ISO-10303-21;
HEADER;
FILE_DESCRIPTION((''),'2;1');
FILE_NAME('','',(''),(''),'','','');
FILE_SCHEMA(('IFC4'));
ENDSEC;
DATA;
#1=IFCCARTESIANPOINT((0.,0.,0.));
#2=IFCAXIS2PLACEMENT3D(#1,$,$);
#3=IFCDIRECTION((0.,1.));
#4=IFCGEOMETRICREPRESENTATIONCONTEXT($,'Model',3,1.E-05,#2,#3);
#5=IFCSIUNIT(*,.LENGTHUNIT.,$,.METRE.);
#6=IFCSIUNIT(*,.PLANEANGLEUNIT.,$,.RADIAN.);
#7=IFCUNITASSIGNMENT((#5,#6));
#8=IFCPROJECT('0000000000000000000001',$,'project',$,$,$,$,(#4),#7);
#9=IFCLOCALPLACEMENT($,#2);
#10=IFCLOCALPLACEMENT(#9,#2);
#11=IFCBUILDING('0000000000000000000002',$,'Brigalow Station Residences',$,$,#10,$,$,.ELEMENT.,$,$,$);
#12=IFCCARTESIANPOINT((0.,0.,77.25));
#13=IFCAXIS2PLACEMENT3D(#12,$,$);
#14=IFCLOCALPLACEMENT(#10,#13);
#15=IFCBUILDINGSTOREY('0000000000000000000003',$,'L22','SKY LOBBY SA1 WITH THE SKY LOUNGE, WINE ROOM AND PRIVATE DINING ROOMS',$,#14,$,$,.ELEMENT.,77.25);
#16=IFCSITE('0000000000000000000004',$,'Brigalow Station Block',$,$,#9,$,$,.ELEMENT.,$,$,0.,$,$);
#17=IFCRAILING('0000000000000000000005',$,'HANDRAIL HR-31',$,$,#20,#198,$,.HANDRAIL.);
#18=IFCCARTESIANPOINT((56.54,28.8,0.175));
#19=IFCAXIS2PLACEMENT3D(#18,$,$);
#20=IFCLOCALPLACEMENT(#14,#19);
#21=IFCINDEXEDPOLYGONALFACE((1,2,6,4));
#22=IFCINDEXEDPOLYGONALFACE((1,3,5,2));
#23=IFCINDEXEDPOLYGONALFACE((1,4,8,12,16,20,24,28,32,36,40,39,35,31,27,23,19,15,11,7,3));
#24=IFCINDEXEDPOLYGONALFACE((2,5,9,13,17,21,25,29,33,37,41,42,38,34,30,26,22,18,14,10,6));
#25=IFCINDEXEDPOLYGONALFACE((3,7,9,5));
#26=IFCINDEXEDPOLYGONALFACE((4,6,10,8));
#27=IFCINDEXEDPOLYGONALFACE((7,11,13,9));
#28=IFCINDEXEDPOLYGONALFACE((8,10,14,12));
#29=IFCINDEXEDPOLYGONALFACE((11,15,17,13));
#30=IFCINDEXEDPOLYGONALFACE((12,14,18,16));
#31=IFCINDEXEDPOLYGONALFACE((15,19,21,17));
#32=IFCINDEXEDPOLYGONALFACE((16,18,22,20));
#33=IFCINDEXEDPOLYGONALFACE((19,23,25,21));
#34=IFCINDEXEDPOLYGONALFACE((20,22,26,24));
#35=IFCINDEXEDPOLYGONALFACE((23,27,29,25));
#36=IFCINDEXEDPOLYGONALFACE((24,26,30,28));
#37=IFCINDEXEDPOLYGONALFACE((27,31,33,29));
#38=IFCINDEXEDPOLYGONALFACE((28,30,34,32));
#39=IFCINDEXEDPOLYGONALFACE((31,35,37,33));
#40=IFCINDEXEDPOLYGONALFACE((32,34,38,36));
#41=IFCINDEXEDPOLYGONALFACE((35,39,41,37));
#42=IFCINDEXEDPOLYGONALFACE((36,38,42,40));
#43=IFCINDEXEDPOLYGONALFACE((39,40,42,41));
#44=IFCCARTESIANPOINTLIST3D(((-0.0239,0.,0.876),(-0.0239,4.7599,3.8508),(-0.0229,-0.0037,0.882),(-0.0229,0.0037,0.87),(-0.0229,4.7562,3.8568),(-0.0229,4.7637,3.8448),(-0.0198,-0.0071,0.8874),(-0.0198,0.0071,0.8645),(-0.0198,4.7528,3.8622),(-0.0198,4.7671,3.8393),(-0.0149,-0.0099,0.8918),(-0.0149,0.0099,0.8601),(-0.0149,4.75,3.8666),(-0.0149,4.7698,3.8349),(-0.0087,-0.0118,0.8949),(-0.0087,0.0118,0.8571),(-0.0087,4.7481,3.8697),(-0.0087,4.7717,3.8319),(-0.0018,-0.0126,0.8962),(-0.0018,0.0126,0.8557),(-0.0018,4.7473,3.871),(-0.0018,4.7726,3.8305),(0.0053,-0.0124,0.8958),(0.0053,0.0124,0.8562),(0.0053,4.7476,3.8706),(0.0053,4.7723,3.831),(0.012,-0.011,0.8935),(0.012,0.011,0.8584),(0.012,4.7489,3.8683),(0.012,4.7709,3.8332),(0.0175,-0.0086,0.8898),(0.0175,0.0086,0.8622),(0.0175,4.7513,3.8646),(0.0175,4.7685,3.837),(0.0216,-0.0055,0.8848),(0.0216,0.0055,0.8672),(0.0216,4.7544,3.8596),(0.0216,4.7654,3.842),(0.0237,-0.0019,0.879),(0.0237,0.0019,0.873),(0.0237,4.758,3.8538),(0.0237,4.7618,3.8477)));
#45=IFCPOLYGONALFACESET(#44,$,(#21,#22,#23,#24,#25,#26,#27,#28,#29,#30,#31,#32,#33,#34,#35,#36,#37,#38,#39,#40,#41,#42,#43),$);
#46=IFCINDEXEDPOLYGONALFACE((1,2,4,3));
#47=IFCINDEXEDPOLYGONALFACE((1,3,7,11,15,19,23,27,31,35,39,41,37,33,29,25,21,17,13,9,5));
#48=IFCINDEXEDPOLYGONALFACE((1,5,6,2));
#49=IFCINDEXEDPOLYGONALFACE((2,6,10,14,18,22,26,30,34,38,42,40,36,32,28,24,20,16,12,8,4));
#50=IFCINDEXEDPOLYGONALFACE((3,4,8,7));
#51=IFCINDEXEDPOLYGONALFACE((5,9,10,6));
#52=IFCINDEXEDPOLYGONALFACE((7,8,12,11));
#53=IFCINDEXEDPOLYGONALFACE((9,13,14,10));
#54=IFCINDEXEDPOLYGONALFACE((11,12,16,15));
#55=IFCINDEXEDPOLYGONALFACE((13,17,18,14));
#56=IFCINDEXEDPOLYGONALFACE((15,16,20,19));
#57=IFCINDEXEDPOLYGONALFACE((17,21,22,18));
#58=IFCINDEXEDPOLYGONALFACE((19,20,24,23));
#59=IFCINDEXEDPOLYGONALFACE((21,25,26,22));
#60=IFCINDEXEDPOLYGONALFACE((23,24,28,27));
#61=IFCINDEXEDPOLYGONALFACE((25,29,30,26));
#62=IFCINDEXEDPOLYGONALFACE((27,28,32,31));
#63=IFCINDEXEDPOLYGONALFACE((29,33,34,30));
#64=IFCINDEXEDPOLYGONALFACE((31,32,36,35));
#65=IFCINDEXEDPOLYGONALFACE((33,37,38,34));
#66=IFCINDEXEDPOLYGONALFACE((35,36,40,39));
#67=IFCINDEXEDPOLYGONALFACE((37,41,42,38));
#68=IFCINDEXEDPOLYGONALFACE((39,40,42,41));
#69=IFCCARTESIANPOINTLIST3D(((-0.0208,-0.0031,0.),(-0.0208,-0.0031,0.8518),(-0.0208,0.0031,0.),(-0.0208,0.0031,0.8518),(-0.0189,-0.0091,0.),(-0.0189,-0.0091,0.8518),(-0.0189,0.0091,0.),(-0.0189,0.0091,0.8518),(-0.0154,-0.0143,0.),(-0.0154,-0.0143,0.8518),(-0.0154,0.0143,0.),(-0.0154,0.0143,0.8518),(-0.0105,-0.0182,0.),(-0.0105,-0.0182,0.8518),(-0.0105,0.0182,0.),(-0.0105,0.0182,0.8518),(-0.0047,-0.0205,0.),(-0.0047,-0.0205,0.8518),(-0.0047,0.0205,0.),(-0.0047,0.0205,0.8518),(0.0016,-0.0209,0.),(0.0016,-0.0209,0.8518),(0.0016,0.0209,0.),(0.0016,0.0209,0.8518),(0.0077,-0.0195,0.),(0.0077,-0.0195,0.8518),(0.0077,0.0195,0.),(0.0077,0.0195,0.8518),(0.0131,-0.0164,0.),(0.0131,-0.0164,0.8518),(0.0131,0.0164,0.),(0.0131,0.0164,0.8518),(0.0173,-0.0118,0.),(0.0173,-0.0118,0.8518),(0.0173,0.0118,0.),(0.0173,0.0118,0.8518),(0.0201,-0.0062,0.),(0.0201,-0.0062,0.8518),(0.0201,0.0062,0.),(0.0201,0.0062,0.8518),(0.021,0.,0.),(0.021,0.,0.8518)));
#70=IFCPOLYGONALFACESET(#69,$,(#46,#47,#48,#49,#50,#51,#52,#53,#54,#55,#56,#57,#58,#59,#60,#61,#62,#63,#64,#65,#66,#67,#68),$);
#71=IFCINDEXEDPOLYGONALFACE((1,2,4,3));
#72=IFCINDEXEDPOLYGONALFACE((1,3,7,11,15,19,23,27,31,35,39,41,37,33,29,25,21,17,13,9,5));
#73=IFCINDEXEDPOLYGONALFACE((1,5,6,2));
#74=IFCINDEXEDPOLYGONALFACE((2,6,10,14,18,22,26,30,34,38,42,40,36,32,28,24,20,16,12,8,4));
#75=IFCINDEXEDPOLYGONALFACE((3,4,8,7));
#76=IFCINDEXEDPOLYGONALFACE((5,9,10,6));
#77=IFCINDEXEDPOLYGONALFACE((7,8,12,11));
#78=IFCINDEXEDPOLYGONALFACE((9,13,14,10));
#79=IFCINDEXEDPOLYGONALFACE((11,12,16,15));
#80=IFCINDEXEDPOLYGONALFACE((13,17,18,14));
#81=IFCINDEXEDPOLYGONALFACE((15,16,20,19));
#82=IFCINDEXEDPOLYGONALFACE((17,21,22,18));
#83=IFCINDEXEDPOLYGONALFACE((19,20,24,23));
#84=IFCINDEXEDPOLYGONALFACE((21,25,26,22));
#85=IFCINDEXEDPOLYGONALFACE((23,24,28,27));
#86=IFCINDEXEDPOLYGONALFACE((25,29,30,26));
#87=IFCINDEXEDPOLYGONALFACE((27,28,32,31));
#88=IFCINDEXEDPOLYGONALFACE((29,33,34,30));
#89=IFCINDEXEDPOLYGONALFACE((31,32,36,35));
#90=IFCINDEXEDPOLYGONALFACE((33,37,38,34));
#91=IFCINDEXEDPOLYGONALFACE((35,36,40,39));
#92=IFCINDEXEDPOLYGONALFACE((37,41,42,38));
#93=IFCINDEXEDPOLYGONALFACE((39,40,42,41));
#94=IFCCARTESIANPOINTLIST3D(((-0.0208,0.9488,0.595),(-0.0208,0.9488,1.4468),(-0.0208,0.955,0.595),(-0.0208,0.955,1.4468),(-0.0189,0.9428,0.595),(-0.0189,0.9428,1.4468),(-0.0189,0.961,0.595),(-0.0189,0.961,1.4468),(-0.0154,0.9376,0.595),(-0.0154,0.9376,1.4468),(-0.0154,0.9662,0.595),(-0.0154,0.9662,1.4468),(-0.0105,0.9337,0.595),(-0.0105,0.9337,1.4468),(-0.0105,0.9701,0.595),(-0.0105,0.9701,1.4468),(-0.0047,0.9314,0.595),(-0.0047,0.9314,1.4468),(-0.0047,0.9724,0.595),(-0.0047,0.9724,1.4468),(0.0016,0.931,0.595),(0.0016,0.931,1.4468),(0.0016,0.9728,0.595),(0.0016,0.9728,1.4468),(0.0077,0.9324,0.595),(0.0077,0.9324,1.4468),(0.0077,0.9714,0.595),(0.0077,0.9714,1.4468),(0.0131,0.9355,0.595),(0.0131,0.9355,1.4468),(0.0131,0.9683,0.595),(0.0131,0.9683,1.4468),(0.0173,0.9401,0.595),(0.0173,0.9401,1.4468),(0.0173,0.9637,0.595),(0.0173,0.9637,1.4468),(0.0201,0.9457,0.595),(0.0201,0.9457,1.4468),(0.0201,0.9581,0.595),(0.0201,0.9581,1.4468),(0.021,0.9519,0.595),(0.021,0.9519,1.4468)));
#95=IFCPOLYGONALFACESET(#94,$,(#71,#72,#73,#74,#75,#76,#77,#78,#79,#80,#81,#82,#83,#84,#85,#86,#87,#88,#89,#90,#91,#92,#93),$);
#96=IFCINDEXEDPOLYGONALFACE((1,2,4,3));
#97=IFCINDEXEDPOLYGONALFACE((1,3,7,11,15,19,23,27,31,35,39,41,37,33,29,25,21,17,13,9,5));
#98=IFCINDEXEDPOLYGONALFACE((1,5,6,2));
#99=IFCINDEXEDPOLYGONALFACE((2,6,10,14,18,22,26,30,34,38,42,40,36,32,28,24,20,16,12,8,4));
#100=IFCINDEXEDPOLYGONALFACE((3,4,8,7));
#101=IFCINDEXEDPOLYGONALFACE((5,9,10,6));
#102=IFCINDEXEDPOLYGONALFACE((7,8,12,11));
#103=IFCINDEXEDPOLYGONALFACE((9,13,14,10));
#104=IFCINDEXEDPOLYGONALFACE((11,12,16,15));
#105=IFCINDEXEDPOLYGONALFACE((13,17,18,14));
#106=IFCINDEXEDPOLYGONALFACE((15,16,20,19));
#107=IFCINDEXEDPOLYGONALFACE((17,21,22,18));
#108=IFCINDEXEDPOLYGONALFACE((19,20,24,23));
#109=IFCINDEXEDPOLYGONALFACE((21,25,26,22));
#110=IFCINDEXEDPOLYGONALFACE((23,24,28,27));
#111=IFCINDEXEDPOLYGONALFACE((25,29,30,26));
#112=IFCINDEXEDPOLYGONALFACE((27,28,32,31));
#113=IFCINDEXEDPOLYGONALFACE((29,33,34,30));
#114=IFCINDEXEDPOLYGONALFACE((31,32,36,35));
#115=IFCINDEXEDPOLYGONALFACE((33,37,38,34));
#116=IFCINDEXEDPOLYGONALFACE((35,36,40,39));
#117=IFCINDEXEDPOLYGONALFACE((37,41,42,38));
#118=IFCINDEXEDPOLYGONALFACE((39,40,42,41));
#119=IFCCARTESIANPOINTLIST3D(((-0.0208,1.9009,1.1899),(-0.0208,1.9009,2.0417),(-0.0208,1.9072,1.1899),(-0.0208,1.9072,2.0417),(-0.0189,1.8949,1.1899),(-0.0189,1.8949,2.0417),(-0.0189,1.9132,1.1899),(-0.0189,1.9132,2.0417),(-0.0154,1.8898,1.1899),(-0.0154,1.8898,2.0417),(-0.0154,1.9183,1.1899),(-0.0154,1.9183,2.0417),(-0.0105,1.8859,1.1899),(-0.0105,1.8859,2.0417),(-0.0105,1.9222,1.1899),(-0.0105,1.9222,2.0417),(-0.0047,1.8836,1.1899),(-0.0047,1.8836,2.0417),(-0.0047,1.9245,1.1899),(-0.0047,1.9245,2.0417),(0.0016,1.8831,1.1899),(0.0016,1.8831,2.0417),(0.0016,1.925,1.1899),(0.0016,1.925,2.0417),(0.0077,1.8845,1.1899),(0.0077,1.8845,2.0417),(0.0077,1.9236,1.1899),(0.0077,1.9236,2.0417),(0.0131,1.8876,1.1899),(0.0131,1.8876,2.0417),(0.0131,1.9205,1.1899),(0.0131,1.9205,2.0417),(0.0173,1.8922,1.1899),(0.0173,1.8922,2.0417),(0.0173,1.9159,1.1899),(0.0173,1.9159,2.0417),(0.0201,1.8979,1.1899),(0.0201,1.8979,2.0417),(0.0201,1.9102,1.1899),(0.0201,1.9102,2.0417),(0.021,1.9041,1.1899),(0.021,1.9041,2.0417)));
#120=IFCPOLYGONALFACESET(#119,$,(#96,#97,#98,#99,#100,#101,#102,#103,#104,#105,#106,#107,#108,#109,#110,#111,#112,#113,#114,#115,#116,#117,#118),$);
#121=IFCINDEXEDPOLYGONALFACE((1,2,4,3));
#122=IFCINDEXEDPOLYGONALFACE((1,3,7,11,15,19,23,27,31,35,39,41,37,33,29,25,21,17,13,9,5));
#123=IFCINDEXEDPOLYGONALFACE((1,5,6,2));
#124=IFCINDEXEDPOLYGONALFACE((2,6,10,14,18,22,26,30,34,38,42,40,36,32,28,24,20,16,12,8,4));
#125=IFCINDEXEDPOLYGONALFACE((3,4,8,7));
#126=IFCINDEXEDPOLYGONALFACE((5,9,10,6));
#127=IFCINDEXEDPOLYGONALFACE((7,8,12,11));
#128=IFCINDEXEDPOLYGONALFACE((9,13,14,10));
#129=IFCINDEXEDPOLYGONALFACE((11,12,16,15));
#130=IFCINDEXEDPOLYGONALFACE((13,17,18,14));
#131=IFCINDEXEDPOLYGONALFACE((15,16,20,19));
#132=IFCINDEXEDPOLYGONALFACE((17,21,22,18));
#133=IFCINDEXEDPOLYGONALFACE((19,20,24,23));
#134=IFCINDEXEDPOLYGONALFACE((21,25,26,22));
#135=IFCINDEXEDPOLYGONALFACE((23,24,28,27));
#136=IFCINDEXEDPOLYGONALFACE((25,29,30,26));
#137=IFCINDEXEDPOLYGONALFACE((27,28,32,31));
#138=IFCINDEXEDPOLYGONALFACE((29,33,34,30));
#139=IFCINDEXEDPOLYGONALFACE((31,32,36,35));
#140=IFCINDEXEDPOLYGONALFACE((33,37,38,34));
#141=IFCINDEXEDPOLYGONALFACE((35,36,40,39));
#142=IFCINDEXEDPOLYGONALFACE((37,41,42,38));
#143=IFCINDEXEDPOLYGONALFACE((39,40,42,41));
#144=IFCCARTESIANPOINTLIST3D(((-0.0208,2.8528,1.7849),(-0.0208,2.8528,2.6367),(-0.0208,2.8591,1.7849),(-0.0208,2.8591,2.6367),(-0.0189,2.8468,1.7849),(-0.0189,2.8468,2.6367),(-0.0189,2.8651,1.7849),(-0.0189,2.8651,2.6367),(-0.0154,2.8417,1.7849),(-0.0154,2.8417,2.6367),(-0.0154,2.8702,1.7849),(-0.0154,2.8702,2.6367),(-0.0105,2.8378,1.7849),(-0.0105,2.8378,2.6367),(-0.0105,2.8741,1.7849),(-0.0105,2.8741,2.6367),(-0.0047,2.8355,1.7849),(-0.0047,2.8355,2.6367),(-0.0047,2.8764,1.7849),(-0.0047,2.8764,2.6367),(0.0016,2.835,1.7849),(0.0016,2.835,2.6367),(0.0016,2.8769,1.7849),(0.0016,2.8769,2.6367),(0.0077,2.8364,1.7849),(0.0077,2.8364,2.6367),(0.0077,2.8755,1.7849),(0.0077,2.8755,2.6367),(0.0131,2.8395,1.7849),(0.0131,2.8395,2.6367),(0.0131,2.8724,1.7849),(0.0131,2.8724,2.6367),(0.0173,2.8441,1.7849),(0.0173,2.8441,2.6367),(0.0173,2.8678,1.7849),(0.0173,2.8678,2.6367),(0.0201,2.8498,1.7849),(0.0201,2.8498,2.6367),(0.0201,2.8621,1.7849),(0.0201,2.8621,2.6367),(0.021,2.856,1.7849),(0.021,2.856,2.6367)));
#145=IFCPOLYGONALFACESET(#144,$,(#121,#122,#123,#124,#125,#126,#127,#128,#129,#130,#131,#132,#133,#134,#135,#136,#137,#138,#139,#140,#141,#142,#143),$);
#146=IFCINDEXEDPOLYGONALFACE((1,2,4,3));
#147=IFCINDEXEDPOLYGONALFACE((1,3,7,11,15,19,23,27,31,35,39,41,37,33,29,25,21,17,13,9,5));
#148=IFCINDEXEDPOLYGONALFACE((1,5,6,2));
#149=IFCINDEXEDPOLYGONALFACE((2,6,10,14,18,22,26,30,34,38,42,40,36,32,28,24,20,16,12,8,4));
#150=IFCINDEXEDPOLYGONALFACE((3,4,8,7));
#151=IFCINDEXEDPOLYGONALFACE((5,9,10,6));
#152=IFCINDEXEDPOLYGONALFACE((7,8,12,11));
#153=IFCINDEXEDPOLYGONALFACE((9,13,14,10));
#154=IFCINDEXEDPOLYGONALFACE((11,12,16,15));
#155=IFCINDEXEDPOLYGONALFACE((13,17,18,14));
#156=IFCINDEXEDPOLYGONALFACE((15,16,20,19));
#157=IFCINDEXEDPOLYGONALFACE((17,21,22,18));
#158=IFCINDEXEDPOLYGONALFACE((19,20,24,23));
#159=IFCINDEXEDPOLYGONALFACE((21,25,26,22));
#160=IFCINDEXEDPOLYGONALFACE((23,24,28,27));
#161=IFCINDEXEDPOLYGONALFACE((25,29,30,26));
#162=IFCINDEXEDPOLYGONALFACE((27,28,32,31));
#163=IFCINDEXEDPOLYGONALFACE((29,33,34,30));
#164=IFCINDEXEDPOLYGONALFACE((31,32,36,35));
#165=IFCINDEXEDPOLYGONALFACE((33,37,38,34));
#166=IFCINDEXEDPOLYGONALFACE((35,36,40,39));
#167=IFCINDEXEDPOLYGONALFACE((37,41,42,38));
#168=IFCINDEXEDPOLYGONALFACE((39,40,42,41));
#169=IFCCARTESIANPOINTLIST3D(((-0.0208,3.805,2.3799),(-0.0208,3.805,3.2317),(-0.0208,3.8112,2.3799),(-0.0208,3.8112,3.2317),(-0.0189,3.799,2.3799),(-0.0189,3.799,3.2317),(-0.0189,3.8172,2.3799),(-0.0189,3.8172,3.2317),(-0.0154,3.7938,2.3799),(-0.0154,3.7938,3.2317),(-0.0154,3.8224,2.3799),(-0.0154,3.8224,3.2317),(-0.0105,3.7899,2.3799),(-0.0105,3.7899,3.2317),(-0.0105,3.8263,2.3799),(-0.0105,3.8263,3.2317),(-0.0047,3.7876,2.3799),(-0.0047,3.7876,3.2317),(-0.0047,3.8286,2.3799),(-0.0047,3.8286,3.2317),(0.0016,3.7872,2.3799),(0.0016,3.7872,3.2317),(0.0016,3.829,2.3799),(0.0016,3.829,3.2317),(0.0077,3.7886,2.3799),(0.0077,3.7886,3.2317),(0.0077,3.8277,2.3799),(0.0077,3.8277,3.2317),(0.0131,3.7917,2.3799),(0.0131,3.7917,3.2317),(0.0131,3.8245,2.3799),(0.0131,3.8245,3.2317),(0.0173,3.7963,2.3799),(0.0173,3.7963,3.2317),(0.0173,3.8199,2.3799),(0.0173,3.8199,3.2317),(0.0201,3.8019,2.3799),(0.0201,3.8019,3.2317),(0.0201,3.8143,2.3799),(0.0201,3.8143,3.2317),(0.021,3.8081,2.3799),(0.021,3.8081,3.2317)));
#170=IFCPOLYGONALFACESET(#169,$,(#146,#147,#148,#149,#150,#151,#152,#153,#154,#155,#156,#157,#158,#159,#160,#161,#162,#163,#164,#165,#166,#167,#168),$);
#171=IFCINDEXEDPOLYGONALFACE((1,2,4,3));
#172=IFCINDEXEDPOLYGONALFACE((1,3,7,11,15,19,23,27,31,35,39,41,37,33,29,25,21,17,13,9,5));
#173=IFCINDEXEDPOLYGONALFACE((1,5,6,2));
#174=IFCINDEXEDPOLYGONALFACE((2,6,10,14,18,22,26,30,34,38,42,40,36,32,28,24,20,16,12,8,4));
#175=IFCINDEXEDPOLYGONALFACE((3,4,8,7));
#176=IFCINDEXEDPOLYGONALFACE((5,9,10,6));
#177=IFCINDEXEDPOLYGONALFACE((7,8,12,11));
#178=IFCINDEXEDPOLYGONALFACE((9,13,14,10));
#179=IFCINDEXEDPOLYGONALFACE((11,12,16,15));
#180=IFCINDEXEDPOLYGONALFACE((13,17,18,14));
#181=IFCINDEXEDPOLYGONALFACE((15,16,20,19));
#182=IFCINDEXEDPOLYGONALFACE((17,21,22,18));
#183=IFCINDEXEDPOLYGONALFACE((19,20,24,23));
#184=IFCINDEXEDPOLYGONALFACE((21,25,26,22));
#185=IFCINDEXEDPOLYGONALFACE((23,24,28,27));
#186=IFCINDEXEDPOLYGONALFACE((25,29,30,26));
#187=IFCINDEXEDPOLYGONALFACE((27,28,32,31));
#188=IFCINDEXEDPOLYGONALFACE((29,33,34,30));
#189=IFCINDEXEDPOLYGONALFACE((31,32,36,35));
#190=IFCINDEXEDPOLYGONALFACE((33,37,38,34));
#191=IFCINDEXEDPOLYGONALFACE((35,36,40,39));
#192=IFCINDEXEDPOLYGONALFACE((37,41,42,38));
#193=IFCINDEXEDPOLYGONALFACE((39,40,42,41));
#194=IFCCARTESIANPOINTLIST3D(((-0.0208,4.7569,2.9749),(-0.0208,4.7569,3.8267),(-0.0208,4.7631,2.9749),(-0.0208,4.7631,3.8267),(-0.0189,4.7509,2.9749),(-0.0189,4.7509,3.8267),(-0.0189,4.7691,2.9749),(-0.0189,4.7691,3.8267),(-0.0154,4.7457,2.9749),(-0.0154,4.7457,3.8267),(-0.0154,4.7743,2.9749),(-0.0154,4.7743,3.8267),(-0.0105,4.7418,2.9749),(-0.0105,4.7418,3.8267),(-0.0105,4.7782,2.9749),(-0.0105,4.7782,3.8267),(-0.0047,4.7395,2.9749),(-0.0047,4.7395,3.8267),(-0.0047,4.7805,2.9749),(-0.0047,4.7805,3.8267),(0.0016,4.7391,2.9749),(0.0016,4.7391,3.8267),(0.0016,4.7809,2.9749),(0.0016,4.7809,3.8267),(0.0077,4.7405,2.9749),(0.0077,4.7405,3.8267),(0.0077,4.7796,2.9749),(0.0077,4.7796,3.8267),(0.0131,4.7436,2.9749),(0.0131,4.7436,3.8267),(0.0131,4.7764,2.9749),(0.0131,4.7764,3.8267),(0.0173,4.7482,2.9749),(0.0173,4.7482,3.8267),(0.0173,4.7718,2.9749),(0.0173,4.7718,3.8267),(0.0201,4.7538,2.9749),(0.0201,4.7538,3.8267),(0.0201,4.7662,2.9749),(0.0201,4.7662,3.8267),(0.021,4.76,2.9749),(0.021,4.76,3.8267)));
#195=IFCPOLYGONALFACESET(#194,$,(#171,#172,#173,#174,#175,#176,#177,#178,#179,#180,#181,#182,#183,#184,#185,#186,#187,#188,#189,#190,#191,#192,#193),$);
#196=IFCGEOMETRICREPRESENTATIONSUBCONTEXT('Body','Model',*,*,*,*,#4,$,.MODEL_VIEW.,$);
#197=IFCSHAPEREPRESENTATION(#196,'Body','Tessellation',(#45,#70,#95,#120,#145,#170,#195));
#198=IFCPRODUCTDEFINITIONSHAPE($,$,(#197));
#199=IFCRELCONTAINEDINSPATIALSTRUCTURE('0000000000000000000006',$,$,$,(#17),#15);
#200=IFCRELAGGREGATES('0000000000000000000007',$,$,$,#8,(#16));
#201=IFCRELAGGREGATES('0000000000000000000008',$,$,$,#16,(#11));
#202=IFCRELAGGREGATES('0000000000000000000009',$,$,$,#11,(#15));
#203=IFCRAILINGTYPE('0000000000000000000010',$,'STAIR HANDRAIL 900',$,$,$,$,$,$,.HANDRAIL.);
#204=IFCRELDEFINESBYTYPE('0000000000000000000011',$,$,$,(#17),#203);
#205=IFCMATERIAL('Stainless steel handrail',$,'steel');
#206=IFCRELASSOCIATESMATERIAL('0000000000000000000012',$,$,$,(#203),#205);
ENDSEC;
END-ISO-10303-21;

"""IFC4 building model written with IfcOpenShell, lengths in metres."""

from ifc_helpers import new_model, si_unit, direction, frame, origin, origin_2d, place, context, subcontext, project, spatial, circle, extrude, material, type_object, element, save


model = new_model("IFC4")

# Units and contexts
model_context = context("Model", 3, precision=1e-05, world=origin(), true_north=direction((0.0, 1.0)))
body_context = subcontext(model_context, "Body", "Model", "MODEL_VIEW")
ifc_project = project(units=[si_unit("LENGTHUNIT", "METRE"), si_unit("PLANEANGLEUNIT", "RADIAN")], contexts=[model_context])

# Site, building, storey
site_placement = place(None, origin())
site = spatial("IfcSite", under=ifc_project, at=site_placement, Name="Brigalow Station Block", CompositionType="ELEMENT", RefElevation=0.0)
building_placement = place(site_placement, origin())
building = spatial("IfcBuilding", under=site, at=building_placement, Name="Brigalow Station Residences", CompositionType="ELEMENT")
storey_placement = place(building_placement, frame((0.0, 0.0, 77.25)))
storey = spatial("IfcBuildingStorey", under=building, at=storey_placement, Name="L22", Description="SKY LOBBY SA1 WITH THE SKY LOUNGE, WINE ROOM AND PRIVATE DINING ROOMS", CompositionType="ELEMENT", Elevation=77.25)

# Railing
ifc_material_1 = material(Name="Stainless steel handrail", Category="steel")
railing_type_1 = type_object("IfcRailingType", Name="STAIR HANDRAIL 900", PredefinedType="HANDRAIL", material=ifc_material_1)
railing_1_placement = place(storey_placement, frame((56.54, 28.8, 0.175)))
element("IfcRailing", 1, at=railing_1_placement, inside=storey, type_object=railing_type_1, Name="HANDRAIL HR-31", PredefinedType="HANDRAIL", context=body_context, shape_type="SweptSolid", body=[
    extrude(circle(Radius=0.0239, at=origin_2d()), frame((0.0, 0.0, 0.876), z_axis=(0.0, 0.848011, 0.529979), x_axis=(-1.0, 0.0, 0.0)), (0.0, 0.0, 1.0), 5.613),
    extrude(circle(Radius=0.021, at=origin_2d()), origin(), (0.0, 0.0, 1.0), 0.8518),
    extrude(circle(Radius=0.021, at=origin_2d()), frame((0.0, 0.9519, 0.595)), (0.0, 0.0, 1.0), 0.8518),
    extrude(circle(Radius=0.021, at=origin_2d()), frame((0.0, 1.9041, 1.1899)), (0.0, 0.0, 1.0), 0.8518),
    extrude(circle(Radius=0.021, at=origin_2d()), frame((0.0, 2.856, 1.7849)), (0.0, 0.0, 1.0), 0.8518),
    extrude(circle(Radius=0.021, at=origin_2d()), frame((0.0, 3.8081, 2.3799)), (0.0, 0.0, 1.0), 0.8518),
    extrude(circle(Radius=0.021, at=origin_2d()), frame((0.0, 4.76, 2.9749)), (0.0, 0.0, 1.0), 0.8518),
])

save(model, "model.ifc")
